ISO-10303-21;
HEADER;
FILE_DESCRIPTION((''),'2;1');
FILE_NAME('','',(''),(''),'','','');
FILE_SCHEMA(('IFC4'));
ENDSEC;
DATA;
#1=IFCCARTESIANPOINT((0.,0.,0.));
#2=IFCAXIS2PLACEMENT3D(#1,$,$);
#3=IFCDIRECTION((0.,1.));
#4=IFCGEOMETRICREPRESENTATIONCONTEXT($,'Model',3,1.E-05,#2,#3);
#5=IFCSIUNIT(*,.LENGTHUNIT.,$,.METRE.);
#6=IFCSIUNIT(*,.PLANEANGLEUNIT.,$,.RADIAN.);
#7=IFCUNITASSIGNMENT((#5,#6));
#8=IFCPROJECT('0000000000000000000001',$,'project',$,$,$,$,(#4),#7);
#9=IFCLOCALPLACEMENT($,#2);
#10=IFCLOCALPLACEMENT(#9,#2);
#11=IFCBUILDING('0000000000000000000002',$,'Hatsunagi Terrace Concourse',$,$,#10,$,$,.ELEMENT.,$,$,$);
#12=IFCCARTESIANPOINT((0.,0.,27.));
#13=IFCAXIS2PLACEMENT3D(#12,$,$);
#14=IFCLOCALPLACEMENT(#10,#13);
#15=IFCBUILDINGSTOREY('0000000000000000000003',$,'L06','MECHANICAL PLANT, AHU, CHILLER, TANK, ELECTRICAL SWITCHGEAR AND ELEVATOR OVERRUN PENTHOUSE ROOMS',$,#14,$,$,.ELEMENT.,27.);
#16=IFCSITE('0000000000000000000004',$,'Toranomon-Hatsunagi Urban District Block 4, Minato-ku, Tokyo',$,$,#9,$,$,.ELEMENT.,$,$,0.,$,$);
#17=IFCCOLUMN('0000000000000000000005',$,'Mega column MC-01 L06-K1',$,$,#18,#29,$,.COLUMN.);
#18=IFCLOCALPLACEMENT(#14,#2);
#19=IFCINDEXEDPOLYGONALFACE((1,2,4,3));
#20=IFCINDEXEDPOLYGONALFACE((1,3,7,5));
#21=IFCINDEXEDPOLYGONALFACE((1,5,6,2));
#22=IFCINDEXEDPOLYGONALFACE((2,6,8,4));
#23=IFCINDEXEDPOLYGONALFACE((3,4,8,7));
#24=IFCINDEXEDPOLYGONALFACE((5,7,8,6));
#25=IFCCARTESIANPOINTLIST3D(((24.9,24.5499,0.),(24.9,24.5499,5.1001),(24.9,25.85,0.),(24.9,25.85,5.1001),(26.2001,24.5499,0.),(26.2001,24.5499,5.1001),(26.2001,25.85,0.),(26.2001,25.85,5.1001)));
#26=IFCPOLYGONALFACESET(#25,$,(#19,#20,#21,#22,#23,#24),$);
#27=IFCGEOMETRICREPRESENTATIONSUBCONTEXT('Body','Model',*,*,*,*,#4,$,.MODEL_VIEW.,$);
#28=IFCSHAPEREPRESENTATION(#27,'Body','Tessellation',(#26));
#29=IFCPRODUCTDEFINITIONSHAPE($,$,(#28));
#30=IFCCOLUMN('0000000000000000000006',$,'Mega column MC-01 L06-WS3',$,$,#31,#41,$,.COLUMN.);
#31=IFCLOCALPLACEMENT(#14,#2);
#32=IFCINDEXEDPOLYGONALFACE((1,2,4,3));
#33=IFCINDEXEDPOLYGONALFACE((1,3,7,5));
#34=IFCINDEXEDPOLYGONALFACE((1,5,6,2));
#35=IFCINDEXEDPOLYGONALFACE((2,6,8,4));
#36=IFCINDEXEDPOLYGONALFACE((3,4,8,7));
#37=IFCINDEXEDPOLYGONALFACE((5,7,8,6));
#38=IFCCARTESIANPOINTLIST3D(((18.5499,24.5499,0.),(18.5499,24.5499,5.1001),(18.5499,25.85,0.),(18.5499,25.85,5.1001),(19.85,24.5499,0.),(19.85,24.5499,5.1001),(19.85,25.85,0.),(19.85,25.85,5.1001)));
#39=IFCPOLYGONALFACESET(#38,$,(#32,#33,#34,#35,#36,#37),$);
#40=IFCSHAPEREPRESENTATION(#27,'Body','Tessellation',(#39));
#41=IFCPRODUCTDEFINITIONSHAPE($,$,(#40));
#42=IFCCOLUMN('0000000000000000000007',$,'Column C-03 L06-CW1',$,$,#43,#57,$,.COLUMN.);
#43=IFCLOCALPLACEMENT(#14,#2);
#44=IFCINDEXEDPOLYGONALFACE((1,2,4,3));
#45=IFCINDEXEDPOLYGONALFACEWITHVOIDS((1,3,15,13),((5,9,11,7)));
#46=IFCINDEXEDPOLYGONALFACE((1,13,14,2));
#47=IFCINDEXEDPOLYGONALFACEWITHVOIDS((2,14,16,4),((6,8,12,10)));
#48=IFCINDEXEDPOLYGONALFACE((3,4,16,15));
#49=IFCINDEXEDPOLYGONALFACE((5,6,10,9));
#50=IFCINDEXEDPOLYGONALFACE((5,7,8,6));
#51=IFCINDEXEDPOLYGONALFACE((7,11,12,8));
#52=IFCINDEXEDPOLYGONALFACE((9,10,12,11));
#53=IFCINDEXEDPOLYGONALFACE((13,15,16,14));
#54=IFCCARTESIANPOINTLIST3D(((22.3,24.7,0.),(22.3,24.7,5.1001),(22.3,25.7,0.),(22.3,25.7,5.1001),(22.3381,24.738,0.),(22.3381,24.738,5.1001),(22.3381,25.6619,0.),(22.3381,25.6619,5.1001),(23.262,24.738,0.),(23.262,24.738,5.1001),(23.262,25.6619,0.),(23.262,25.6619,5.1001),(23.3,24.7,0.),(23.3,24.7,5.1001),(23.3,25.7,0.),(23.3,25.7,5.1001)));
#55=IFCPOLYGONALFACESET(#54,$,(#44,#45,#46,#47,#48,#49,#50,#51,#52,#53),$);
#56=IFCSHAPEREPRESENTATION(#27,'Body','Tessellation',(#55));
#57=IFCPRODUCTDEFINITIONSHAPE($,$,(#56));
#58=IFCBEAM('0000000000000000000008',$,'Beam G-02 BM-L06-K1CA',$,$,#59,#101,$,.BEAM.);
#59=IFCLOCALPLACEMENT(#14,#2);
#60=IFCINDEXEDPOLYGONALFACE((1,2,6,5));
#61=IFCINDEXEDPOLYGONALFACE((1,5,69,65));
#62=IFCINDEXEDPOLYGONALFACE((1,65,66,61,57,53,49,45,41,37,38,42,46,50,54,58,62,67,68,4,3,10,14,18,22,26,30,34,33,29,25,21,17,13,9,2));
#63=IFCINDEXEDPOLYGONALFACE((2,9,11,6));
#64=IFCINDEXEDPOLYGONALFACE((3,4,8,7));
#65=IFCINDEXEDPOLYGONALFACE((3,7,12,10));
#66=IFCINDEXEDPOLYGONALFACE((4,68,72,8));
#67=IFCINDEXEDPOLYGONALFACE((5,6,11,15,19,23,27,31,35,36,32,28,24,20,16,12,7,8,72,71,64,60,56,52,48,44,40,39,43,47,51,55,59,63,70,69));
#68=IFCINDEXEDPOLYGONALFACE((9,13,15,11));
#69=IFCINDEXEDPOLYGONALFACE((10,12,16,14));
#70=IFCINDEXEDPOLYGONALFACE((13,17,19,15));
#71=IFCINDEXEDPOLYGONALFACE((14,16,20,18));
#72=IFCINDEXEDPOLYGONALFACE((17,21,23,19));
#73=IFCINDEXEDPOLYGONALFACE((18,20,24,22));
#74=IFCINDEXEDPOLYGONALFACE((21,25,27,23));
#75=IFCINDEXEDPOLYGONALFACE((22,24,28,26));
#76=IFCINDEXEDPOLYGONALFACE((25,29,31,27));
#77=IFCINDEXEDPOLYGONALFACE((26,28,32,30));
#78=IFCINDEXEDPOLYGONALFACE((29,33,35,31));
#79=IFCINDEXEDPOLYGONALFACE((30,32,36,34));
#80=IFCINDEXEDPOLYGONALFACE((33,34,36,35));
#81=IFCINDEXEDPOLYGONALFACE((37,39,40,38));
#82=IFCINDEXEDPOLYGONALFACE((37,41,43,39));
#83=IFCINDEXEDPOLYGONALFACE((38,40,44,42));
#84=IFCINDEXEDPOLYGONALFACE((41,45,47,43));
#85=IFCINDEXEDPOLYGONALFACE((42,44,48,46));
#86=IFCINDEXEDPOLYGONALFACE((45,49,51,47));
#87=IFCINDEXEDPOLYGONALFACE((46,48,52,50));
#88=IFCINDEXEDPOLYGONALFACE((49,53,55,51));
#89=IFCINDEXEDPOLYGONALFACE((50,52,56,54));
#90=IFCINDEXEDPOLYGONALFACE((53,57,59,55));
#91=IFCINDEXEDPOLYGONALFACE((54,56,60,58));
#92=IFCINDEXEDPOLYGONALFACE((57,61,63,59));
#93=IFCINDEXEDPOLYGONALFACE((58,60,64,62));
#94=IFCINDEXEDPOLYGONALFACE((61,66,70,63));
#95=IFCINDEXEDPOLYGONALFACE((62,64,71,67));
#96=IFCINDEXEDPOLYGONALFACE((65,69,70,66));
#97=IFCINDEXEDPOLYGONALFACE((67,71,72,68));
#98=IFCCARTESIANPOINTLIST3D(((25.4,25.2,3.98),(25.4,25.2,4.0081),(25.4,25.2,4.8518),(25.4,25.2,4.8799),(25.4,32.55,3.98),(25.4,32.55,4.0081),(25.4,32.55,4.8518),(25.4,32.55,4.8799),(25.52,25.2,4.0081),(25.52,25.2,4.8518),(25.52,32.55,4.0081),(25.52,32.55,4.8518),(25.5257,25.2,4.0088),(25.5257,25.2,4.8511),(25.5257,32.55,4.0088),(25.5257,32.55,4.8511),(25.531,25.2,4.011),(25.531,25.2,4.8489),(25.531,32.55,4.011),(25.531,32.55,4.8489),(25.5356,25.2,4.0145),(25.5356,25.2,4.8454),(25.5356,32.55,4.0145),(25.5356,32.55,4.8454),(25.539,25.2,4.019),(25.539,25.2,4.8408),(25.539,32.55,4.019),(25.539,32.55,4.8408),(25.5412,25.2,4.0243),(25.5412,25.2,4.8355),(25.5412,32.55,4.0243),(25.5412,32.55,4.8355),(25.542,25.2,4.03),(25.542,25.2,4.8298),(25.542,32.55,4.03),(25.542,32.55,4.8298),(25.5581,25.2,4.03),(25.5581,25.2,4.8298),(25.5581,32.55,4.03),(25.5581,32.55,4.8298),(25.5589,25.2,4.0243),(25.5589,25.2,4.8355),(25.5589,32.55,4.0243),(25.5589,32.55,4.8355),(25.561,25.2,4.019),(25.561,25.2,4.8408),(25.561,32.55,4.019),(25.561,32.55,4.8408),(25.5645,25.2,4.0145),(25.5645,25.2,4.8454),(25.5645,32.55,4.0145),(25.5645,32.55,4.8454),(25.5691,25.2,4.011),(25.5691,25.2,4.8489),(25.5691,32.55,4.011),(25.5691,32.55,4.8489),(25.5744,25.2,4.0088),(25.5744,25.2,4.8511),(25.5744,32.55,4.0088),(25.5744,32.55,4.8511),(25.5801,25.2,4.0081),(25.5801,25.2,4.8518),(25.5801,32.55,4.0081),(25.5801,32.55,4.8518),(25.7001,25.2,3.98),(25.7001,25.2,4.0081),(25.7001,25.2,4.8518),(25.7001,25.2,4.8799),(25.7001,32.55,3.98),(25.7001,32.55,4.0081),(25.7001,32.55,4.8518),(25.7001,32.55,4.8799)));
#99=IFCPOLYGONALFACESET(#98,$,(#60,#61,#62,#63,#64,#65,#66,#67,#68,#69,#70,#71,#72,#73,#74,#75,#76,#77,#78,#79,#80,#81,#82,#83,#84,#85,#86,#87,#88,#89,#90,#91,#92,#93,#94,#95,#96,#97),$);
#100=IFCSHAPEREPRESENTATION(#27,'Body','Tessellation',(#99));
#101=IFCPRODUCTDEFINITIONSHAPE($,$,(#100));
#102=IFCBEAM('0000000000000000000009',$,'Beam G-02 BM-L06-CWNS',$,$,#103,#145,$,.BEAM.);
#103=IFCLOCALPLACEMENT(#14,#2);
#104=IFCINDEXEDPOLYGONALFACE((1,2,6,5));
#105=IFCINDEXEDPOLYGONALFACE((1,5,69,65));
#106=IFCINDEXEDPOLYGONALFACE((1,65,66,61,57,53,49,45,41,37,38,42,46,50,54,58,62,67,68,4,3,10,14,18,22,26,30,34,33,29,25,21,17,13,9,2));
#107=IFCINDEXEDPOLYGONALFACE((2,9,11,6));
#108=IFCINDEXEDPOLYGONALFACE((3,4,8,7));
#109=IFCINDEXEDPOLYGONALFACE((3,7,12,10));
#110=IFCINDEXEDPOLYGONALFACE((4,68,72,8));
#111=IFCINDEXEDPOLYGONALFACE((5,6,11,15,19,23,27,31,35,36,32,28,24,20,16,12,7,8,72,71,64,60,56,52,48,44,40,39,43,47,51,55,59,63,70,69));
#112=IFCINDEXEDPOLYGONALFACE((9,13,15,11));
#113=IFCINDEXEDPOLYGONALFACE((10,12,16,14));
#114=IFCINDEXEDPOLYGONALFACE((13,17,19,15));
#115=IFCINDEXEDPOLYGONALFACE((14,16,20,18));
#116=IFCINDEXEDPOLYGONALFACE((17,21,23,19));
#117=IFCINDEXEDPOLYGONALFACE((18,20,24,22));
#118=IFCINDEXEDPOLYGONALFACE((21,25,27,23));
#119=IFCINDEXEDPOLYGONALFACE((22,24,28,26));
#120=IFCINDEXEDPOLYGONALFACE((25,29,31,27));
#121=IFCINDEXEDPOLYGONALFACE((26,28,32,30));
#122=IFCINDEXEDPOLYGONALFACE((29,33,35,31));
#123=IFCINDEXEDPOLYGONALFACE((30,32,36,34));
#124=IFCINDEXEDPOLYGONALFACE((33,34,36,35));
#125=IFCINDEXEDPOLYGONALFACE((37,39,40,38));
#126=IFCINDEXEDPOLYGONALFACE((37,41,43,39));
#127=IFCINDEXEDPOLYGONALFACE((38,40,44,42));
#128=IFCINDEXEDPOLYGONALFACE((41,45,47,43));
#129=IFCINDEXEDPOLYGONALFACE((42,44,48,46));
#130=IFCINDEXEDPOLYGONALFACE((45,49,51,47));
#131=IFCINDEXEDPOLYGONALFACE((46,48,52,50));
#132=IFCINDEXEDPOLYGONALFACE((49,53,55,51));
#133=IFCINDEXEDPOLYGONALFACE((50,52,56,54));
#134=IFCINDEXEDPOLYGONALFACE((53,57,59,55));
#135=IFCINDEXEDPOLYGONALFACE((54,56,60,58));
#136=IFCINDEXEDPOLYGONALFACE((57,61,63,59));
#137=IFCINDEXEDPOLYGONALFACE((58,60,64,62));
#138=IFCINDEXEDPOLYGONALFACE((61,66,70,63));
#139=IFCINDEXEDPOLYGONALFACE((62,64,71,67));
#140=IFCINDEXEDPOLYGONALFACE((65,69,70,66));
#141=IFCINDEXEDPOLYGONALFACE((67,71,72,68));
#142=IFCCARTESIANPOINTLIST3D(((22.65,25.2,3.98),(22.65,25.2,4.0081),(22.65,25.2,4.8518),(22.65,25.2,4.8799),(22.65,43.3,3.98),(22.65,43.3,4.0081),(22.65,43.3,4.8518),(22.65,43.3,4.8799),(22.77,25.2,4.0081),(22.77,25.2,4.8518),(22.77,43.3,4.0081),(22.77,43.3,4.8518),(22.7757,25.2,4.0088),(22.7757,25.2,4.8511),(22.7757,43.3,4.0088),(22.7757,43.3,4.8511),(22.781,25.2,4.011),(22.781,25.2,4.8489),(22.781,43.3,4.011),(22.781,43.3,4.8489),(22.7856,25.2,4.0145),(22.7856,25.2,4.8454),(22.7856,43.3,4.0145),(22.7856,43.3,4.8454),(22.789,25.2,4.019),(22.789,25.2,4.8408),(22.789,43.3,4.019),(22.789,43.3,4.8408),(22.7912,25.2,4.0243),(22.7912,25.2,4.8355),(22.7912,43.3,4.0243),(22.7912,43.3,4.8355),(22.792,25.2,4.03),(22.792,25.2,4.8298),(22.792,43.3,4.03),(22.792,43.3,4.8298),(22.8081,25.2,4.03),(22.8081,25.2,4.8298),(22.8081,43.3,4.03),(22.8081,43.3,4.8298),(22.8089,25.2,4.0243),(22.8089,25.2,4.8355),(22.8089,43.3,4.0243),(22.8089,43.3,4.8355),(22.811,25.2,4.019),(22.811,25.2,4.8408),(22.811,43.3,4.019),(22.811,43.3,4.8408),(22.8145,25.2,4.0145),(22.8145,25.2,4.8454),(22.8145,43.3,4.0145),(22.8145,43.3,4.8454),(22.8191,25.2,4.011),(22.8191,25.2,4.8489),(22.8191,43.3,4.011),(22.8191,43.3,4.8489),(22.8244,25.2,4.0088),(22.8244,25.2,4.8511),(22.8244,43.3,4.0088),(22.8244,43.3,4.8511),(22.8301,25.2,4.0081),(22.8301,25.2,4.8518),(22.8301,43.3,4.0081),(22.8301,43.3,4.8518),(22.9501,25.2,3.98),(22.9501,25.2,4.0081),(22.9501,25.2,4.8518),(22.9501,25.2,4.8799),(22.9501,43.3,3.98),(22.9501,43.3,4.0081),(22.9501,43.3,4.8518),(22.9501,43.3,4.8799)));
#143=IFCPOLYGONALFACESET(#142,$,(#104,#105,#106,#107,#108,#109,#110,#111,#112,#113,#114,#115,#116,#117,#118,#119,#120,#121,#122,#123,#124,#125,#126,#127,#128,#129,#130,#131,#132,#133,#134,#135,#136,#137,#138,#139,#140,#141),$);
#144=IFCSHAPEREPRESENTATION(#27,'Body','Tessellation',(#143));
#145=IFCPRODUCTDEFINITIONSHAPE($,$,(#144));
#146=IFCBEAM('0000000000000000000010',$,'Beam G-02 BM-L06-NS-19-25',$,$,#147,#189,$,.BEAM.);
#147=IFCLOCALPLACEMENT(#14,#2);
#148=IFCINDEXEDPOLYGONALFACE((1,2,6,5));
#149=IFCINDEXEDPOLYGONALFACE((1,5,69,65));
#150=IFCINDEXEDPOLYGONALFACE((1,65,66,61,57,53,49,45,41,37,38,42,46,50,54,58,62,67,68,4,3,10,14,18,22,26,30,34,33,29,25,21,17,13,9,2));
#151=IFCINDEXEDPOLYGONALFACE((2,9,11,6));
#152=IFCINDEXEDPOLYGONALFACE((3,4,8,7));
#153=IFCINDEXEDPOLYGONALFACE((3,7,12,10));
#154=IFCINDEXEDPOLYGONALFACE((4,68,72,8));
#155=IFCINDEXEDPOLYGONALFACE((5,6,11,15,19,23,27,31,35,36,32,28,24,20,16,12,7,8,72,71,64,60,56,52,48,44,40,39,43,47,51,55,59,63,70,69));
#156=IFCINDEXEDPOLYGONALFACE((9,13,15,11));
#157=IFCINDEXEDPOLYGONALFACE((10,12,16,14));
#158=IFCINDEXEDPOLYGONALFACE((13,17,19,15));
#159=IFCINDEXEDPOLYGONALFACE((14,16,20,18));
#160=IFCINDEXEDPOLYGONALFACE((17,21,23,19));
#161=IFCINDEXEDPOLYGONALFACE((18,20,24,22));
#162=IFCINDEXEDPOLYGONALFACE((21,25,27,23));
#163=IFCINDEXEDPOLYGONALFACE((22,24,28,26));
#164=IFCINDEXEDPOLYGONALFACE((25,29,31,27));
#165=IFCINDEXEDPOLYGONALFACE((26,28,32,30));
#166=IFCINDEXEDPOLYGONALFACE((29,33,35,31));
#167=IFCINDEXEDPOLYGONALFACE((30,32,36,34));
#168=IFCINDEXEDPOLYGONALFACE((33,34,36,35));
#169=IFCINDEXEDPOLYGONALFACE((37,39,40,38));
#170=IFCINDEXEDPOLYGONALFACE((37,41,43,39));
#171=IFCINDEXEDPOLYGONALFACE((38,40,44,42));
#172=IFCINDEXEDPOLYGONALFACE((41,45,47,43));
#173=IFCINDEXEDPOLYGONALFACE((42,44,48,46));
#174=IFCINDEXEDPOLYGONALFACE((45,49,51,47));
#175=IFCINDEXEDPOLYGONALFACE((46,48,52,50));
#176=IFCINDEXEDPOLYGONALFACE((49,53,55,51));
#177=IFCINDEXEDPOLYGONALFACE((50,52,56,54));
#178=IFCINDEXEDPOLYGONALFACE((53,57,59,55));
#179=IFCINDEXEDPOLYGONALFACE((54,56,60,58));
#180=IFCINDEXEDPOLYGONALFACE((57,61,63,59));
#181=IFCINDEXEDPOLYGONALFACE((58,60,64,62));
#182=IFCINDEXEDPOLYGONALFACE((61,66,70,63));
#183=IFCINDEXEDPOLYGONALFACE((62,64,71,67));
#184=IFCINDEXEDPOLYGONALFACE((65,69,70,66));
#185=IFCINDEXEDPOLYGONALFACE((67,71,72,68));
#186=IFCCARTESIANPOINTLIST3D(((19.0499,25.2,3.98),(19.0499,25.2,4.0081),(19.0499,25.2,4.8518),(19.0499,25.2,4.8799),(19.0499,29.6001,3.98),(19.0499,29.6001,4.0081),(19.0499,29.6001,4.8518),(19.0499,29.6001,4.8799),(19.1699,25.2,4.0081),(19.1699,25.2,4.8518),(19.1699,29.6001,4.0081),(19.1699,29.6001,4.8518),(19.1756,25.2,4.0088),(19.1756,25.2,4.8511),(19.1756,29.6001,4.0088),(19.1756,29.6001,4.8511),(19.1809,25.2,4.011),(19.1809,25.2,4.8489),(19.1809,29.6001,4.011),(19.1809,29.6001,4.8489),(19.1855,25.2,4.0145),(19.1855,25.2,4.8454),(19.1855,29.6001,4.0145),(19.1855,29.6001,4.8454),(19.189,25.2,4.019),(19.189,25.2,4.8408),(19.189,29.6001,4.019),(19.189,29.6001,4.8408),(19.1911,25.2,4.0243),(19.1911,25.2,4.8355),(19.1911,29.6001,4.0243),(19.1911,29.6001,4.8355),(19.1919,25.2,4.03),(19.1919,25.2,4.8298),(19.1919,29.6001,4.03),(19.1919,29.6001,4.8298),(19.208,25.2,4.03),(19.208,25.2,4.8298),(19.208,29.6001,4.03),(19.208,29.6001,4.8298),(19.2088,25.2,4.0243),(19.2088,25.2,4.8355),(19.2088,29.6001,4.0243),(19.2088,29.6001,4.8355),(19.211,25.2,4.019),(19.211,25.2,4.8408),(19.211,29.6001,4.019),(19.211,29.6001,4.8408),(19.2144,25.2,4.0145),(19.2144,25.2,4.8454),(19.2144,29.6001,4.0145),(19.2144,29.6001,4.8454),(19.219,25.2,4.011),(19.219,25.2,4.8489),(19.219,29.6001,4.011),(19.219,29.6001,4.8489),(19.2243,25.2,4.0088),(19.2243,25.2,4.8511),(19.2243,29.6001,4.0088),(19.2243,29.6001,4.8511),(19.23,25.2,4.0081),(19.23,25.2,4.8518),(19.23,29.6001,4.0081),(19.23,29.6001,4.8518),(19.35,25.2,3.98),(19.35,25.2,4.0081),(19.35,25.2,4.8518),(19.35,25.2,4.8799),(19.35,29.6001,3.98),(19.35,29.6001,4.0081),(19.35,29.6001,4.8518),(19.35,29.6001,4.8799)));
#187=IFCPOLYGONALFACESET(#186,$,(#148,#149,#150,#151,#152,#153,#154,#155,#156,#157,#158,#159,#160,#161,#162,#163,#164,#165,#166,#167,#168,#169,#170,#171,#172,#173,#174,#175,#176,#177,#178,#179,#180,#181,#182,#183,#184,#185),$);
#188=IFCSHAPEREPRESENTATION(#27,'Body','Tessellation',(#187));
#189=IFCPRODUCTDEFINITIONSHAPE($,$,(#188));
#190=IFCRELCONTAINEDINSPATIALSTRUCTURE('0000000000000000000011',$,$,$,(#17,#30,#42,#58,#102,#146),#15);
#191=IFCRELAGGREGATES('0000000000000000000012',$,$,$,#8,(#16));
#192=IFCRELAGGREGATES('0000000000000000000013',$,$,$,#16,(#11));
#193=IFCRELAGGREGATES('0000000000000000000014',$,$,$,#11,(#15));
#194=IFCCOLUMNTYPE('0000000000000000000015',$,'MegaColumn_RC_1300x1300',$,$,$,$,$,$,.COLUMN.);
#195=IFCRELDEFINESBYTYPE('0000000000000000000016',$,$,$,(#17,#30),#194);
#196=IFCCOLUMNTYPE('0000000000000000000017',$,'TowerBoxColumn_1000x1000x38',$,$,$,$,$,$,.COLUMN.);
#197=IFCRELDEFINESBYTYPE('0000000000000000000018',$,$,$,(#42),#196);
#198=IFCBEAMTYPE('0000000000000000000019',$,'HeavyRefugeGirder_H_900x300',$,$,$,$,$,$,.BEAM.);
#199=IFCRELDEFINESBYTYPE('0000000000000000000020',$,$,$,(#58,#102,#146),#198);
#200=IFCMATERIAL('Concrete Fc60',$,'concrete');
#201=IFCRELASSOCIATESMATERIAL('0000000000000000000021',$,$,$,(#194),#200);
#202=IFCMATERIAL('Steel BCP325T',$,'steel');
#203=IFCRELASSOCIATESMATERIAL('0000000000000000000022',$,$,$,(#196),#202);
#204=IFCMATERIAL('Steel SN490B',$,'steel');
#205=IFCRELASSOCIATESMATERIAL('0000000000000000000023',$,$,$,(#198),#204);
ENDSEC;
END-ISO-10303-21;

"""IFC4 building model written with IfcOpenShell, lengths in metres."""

from ifc_helpers import new_model, si_unit, direction, frame, origin, origin_2d, place, context, subcontext, project, spatial, rectangle, hollow_rectangle, i_section, extrude, material, material_profile, profile_set, type_object, element, save


model = new_model("IFC4")

# Units and contexts
model_context = context("Model", 3, precision=1e-05, world=origin(), true_north=direction((0.0, 1.0)))
body_context = subcontext(model_context, "Body", "Model", "MODEL_VIEW")
ifc_project = project(units=[si_unit("LENGTHUNIT", "METRE"), si_unit("PLANEANGLEUNIT", "RADIAN")], contexts=[model_context])

# Site, building, storey
site_placement = place(None, origin())
site = spatial("IfcSite", under=ifc_project, at=site_placement, Name="Toranomon-Hatsunagi Urban District Block 4, Minato-ku, Tokyo", CompositionType="ELEMENT", RefElevation=0.0)
building_placement = place(site_placement, origin())
building = spatial("IfcBuilding", under=site, at=building_placement, Name="Hatsunagi Terrace Concourse", CompositionType="ELEMENT")
storey_placement = place(building_placement, frame((0.0, 0.0, 27.0)))
storey = spatial("IfcBuildingStorey", under=building, at=storey_placement, Name="L06", Description="MECHANICAL PLANT, AHU, CHILLER, TANK, ELECTRICAL SWITCHGEAR AND ELEVATOR OVERRUN PENTHOUSE ROOMS", CompositionType="ELEMENT", Elevation=27.0)

# Columns
ifc_material_1 = material(Name="Concrete Fc60", Category="concrete")
ifc_material_profile_1 = material_profile(ifc_material_1, rectangle(XDim=1.3, YDim=1.3, at=origin_2d()), Name="RC-1300x1300")
ifc_profile_set_1 = profile_set([ifc_material_profile_1], Name="Concrete Fc60")
column_type_1 = type_object("IfcColumnType", Name="MegaColumn_RC_1300x1300", PredefinedType="COLUMN", material=ifc_profile_set_1)
for number, where, z_axis, x_axis, name in (
    (1, (25.55, 25.2, 0.0), (0.0, 0.0, 1.0), (1.0, 0.0, 0.0), "Mega column MC-01 L06-K1"),
    (2, (19.2, 25.2, 0.0), (0.0, 0.0, 1.0), (1.0, 0.0, 0.0), "Mega column MC-01 L06-WS3"),
):
    element("IfcColumn", number, at=place(storey_placement, frame(where, z_axis=z_axis, x_axis=x_axis)), inside=storey, type_object=column_type_1, Name=name, PredefinedType="COLUMN", context=body_context, shape_type="SweptSolid", body=[
        extrude(rectangle(XDim=1.3, YDim=1.3, at=origin_2d()), origin(), (0.0, 0.0, 1.0), 5.1001),
    ])
ifc_material_2 = material(Name="Steel BCP325T", Category="steel")
ifc_material_profile_2 = material_profile(ifc_material_2, hollow_rectangle(XDim=1.0, YDim=1.0, WallThickness=0.0381, at=origin_2d()), Name="BCP-1000x1000x38")
ifc_profile_set_2 = profile_set([ifc_material_profile_2], Name="Steel BCP325T")
column_type_2 = type_object("IfcColumnType", Name="TowerBoxColumn_1000x1000x38", PredefinedType="COLUMN", material=ifc_profile_set_2)
column_placement = place(storey_placement, frame((22.8, 25.2, 0.0), z_axis=(0.0, 0.0, 1.0), x_axis=(1.0, 0.0, 0.0)))
element("IfcColumn", 3, at=column_placement, inside=storey, type_object=column_type_2, Name="Column C-03 L06-CW1", PredefinedType="COLUMN", context=body_context, shape_type="SweptSolid", body=[
    extrude(hollow_rectangle(XDim=1.0, YDim=1.0, WallThickness=0.0381, at=origin_2d()), origin(), (0.0, 0.0, 1.0), 5.1001),
])

# Beams
ifc_material_3 = material(Name="Steel SN490B", Category="steel")
ifc_material_profile_3 = material_profile(ifc_material_3, i_section(OverallWidth=0.3, OverallDepth=0.8999, WebThickness=0.0161, FlangeThickness=0.0281, FilletRadius=0.022, at=origin_2d()), Name="H-900x300x16x28")
ifc_profile_set_3 = profile_set([ifc_material_profile_3], Name="Steel SN490B")
beam_type_1 = type_object("IfcBeamType", Name="HeavyRefugeGirder_H_900x300", PredefinedType="BEAM", material=ifc_profile_set_3)
beam_1_placement = place(storey_placement, frame((25.55, 25.2, 4.4299), z_axis=(0.0, 1.0, 0.0), x_axis=(-1.0, 0.0, 0.0)))
element("IfcBeam", 4, at=beam_1_placement, inside=storey, type_object=beam_type_1, Name="Beam G-02 BM-L06-K1CA", PredefinedType="BEAM", context=body_context, shape_type="SweptSolid", body=[
    extrude(i_section(OverallWidth=0.3, OverallDepth=0.8999, WebThickness=0.0161, FlangeThickness=0.0281, FilletRadius=0.022, at=origin_2d()), origin(), (0.0, 0.0, 1.0), 7.3501),
])
beam_2_placement = place(storey_placement, frame((22.8, 25.2, 4.4299), z_axis=(0.0, 1.0, 0.0), x_axis=(-1.0, 0.0, 0.0)))
element("IfcBeam", 5, at=beam_2_placement, inside=storey, type_object=beam_type_1, Name="Beam G-02 BM-L06-CWNS", PredefinedType="BEAM", context=body_context, shape_type="SweptSolid", body=[
    extrude(i_section(OverallWidth=0.3, OverallDepth=0.8999, WebThickness=0.0161, FlangeThickness=0.0281, FilletRadius=0.022, at=origin_2d()), origin(), (0.0, 0.0, 1.0), 18.1001),
])
beam_3_placement = place(storey_placement, frame((19.2, 25.2, 4.4299), z_axis=(0.0, 1.0, 0.0), x_axis=(-1.0, 0.0, 0.0)))
element("IfcBeam", 6, at=beam_3_placement, inside=storey, type_object=beam_type_1, Name="Beam G-02 BM-L06-NS-19-25", PredefinedType="BEAM", context=body_context, shape_type="SweptSolid", body=[
    extrude(i_section(OverallWidth=0.3, OverallDepth=0.8999, WebThickness=0.0161, FlangeThickness=0.0281, FilletRadius=0.022, at=origin_2d()), origin(), (0.0, 0.0, 1.0), 4.4001),
])

save(model, "model.ifc")
